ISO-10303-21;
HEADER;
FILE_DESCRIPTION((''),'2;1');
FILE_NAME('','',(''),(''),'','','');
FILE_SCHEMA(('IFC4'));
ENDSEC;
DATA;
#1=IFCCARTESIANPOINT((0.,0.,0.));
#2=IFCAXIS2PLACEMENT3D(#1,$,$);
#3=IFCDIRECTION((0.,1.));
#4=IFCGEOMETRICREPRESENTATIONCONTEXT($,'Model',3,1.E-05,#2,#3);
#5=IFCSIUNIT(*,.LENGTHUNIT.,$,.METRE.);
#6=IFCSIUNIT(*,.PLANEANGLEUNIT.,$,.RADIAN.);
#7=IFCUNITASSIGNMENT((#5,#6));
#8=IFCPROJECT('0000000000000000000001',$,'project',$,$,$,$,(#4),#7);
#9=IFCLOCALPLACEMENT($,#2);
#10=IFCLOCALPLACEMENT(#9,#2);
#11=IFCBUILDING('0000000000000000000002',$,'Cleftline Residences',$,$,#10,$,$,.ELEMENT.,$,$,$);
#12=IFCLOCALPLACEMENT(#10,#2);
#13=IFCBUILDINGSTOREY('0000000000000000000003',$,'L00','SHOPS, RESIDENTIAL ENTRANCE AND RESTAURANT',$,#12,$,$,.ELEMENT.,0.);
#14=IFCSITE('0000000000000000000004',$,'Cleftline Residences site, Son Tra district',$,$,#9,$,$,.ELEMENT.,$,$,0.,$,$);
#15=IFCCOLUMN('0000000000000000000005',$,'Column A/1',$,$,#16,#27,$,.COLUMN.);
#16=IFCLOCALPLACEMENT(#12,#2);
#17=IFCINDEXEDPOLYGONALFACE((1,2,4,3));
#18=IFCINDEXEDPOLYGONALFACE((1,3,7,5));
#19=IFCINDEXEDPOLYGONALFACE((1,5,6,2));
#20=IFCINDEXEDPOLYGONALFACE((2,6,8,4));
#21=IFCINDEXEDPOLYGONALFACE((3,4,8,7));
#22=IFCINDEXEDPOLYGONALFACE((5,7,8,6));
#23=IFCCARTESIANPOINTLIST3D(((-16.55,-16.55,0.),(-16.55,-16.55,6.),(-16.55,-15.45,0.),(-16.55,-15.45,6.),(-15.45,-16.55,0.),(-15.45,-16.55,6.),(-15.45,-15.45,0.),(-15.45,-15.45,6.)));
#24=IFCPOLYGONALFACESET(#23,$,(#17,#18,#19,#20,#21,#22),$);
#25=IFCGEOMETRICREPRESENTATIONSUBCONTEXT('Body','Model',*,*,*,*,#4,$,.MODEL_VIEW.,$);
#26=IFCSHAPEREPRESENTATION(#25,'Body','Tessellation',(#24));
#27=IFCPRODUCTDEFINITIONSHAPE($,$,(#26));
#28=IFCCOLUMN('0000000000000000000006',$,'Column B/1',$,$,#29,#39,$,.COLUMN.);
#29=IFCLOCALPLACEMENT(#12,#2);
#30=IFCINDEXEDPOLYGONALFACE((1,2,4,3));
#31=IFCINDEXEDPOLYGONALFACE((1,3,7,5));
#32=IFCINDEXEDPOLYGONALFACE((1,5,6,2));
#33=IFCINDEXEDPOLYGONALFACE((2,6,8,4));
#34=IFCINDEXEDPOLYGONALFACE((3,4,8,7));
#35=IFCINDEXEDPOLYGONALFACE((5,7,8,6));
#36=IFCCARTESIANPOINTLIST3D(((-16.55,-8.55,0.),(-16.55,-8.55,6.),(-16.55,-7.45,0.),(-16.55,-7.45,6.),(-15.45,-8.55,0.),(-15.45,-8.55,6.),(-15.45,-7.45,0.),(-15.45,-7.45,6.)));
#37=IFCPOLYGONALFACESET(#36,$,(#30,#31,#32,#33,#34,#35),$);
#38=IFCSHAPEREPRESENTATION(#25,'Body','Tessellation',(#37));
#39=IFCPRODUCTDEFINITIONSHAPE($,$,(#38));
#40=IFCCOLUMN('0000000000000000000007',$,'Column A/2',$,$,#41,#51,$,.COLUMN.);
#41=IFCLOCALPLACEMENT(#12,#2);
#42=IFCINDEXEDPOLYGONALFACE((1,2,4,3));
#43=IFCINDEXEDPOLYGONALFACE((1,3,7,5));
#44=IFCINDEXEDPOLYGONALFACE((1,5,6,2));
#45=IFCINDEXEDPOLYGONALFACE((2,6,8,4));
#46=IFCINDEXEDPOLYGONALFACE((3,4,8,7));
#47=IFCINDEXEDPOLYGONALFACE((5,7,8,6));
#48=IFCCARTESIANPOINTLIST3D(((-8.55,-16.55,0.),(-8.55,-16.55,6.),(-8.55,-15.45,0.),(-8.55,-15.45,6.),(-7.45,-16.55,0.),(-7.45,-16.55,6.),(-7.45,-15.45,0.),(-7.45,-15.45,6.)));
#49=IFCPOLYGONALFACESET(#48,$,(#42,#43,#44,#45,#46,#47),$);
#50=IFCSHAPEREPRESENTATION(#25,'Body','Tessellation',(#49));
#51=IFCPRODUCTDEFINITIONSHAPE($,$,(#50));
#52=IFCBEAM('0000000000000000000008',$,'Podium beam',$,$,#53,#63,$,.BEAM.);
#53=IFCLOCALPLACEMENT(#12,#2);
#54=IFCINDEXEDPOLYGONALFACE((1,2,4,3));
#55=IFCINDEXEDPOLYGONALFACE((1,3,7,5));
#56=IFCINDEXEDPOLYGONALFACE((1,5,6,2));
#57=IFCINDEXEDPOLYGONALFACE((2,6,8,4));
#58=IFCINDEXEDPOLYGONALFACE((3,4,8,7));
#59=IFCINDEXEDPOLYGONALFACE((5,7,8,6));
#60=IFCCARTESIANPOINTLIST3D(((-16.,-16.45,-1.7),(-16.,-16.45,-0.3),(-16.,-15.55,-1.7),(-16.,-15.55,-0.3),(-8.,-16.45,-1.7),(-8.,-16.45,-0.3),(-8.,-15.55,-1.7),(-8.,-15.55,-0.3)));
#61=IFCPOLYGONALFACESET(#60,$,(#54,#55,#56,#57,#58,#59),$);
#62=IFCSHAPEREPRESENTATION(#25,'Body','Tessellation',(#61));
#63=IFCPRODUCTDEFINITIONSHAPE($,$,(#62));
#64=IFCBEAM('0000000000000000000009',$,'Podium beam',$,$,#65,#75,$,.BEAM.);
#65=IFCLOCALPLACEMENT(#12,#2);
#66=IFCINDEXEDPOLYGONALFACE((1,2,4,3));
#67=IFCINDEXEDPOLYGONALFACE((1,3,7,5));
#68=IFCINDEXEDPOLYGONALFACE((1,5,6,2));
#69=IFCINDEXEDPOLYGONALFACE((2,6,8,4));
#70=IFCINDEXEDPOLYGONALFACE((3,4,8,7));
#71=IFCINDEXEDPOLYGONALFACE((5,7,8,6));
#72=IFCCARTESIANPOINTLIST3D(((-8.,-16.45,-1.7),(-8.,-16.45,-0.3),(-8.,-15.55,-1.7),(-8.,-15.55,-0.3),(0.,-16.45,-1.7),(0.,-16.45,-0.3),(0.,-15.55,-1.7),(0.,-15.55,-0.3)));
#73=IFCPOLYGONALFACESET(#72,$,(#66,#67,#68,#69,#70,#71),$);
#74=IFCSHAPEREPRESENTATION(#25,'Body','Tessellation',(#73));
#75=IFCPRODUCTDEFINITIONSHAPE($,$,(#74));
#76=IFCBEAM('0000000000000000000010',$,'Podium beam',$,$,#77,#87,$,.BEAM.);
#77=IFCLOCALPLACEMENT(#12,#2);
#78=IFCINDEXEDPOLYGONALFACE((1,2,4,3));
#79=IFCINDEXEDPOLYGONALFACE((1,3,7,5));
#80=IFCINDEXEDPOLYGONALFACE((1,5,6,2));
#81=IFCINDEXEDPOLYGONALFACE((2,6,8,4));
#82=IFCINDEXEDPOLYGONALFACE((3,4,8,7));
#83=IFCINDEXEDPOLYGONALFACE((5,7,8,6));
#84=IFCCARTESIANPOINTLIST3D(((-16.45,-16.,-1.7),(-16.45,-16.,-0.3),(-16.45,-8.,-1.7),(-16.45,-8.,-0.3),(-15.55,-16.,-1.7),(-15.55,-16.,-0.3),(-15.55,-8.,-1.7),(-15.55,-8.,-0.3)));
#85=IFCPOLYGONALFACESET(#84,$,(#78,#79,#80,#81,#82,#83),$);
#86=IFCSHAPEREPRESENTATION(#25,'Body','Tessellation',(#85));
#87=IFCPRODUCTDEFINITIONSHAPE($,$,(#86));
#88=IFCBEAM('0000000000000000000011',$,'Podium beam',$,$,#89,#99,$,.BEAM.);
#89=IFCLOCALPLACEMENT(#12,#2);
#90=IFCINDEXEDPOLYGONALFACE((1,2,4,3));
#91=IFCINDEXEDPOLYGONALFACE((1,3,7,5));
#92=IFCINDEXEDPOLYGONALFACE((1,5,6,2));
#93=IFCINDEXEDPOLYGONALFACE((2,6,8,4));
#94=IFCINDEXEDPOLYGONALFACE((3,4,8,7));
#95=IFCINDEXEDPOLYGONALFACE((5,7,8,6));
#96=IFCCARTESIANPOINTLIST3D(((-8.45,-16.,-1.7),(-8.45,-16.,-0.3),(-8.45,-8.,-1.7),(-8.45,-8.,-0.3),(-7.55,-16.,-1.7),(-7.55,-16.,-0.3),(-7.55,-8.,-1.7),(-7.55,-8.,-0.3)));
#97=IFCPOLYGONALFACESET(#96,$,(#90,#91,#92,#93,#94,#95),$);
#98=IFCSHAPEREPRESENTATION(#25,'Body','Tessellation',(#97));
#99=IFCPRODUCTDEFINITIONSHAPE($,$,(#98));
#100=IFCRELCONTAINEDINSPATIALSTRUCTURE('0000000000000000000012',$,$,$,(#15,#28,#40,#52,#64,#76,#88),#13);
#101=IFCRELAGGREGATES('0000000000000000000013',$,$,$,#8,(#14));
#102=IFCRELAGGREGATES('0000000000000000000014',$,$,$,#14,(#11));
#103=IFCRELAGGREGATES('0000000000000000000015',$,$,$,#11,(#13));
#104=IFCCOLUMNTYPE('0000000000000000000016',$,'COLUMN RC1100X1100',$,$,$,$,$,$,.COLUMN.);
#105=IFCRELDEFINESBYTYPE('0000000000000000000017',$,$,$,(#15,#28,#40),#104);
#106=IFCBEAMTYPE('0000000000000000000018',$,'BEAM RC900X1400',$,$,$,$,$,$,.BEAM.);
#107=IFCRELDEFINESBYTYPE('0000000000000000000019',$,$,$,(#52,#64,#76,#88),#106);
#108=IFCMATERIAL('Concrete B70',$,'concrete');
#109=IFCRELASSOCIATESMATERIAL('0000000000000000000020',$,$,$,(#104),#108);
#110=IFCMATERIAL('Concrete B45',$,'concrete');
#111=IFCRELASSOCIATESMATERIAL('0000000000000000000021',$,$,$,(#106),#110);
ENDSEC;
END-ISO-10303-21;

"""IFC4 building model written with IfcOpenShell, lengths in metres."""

from ifc_helpers import new_model, si_unit, direction, frame, origin, origin_2d, place, context, subcontext, project, spatial, rectangle, extrude, material, material_profile, profile_set, type_object, element, save


model = new_model("IFC4")

# Units and contexts
model_context = context("Model", 3, precision=1e-05, world=origin(), true_north=direction((0.0, 1.0)))
body_context = subcontext(model_context, "Body", "Model", "MODEL_VIEW")
ifc_project = project(units=[si_unit("LENGTHUNIT", "METRE"), si_unit("PLANEANGLEUNIT", "RADIAN")], contexts=[model_context])

# Site, building, storey
site_placement = place(None, origin())
site = spatial("IfcSite", under=ifc_project, at=site_placement, Name="Cleftline Residences site, Son Tra district", CompositionType="ELEMENT", RefElevation=0.0)
building_placement = place(site_placement, origin())
building = spatial("IfcBuilding", under=site, at=building_placement, Name="Cleftline Residences", CompositionType="ELEMENT")
storey_placement = place(building_placement, origin())
storey = spatial("IfcBuildingStorey", under=building, at=storey_placement, Name="L00", Description="SHOPS, RESIDENTIAL ENTRANCE AND RESTAURANT", CompositionType="ELEMENT", Elevation=0.0)

# Columns
ifc_material_1 = material(Name="Concrete B70", Category="concrete")
ifc_material_profile_1 = material_profile(ifc_material_1, rectangle(XDim=1.1001, YDim=1.1001, at=origin_2d()))
ifc_profile_set_1 = profile_set([ifc_material_profile_1], Name="Concrete B70")
column_type = type_object("IfcColumnType", Name="COLUMN RC1100X1100", PredefinedType="COLUMN", material=ifc_profile_set_1)
for number, where, z_axis, x_axis, name in (
    (1, (-16.0, -16.0, 0.0), (0.0, 0.0, 1.0), (1.0, 0.0, 0.0), "Column A/1"),
    (2, (-16.0, -8.0, 0.0), (0.0, 0.0, 1.0), (1.0, 0.0, 0.0), "Column B/1"),
    (3, (-8.0, -16.0, 0.0), (0.0, 0.0, 1.0), (1.0, 0.0, 0.0), "Column A/2"),
):
    element("IfcColumn", number, at=place(storey_placement, frame(where, z_axis=z_axis, x_axis=x_axis)), inside=storey, type_object=column_type, Name=name, PredefinedType="COLUMN", context=body_context, shape_type="SweptSolid", body=[
        extrude(rectangle(XDim=1.1001, YDim=1.1001, at=origin_2d()), origin(), (0.0, 0.0, 1.0), 6.0),
    ])

# Beams
ifc_material_2 = material(Name="Concrete B45", Category="concrete")
ifc_material_profile_2 = material_profile(ifc_material_2, rectangle(XDim=0.8999, YDim=1.3999, at=origin_2d()))
ifc_profile_set_2 = profile_set([ifc_material_profile_2], Name="Concrete B45")
beam_type = type_object("IfcBeamType", Name="BEAM RC900X1400", PredefinedType="BEAM", material=ifc_profile_set_2)
for number, where, z_axis, x_axis, name in (
    (4, (-16.0, -16.0, -1.0), (1.0, 0.0, 0.0), (0.0, 1.0, 0.0), "Podium beam"),
    (5, (-8.0, -16.0, -1.0), (1.0, 0.0, 0.0), (0.0, 1.0, 0.0), "Podium beam"),
    (6, (-16.0, -16.0, -1.0), (0.0, 1.0, 0.0), (-1.0, 0.0, 0.0), "Podium beam"),
    (7, (-8.0, -16.0, -1.0), (0.0, 1.0, 0.0), (-1.0, 0.0, 0.0), "Podium beam"),
):
    element("IfcBeam", number, at=place(storey_placement, frame(where, z_axis=z_axis, x_axis=x_axis)), inside=storey, type_object=beam_type, Name=name, PredefinedType="BEAM", context=body_context, shape_type="SweptSolid", body=[
        extrude(rectangle(XDim=0.8999, YDim=1.3999, at=origin_2d()), origin(), (0.0, 0.0, 1.0), 8.0),
    ])

save(model, "model.ifc")
